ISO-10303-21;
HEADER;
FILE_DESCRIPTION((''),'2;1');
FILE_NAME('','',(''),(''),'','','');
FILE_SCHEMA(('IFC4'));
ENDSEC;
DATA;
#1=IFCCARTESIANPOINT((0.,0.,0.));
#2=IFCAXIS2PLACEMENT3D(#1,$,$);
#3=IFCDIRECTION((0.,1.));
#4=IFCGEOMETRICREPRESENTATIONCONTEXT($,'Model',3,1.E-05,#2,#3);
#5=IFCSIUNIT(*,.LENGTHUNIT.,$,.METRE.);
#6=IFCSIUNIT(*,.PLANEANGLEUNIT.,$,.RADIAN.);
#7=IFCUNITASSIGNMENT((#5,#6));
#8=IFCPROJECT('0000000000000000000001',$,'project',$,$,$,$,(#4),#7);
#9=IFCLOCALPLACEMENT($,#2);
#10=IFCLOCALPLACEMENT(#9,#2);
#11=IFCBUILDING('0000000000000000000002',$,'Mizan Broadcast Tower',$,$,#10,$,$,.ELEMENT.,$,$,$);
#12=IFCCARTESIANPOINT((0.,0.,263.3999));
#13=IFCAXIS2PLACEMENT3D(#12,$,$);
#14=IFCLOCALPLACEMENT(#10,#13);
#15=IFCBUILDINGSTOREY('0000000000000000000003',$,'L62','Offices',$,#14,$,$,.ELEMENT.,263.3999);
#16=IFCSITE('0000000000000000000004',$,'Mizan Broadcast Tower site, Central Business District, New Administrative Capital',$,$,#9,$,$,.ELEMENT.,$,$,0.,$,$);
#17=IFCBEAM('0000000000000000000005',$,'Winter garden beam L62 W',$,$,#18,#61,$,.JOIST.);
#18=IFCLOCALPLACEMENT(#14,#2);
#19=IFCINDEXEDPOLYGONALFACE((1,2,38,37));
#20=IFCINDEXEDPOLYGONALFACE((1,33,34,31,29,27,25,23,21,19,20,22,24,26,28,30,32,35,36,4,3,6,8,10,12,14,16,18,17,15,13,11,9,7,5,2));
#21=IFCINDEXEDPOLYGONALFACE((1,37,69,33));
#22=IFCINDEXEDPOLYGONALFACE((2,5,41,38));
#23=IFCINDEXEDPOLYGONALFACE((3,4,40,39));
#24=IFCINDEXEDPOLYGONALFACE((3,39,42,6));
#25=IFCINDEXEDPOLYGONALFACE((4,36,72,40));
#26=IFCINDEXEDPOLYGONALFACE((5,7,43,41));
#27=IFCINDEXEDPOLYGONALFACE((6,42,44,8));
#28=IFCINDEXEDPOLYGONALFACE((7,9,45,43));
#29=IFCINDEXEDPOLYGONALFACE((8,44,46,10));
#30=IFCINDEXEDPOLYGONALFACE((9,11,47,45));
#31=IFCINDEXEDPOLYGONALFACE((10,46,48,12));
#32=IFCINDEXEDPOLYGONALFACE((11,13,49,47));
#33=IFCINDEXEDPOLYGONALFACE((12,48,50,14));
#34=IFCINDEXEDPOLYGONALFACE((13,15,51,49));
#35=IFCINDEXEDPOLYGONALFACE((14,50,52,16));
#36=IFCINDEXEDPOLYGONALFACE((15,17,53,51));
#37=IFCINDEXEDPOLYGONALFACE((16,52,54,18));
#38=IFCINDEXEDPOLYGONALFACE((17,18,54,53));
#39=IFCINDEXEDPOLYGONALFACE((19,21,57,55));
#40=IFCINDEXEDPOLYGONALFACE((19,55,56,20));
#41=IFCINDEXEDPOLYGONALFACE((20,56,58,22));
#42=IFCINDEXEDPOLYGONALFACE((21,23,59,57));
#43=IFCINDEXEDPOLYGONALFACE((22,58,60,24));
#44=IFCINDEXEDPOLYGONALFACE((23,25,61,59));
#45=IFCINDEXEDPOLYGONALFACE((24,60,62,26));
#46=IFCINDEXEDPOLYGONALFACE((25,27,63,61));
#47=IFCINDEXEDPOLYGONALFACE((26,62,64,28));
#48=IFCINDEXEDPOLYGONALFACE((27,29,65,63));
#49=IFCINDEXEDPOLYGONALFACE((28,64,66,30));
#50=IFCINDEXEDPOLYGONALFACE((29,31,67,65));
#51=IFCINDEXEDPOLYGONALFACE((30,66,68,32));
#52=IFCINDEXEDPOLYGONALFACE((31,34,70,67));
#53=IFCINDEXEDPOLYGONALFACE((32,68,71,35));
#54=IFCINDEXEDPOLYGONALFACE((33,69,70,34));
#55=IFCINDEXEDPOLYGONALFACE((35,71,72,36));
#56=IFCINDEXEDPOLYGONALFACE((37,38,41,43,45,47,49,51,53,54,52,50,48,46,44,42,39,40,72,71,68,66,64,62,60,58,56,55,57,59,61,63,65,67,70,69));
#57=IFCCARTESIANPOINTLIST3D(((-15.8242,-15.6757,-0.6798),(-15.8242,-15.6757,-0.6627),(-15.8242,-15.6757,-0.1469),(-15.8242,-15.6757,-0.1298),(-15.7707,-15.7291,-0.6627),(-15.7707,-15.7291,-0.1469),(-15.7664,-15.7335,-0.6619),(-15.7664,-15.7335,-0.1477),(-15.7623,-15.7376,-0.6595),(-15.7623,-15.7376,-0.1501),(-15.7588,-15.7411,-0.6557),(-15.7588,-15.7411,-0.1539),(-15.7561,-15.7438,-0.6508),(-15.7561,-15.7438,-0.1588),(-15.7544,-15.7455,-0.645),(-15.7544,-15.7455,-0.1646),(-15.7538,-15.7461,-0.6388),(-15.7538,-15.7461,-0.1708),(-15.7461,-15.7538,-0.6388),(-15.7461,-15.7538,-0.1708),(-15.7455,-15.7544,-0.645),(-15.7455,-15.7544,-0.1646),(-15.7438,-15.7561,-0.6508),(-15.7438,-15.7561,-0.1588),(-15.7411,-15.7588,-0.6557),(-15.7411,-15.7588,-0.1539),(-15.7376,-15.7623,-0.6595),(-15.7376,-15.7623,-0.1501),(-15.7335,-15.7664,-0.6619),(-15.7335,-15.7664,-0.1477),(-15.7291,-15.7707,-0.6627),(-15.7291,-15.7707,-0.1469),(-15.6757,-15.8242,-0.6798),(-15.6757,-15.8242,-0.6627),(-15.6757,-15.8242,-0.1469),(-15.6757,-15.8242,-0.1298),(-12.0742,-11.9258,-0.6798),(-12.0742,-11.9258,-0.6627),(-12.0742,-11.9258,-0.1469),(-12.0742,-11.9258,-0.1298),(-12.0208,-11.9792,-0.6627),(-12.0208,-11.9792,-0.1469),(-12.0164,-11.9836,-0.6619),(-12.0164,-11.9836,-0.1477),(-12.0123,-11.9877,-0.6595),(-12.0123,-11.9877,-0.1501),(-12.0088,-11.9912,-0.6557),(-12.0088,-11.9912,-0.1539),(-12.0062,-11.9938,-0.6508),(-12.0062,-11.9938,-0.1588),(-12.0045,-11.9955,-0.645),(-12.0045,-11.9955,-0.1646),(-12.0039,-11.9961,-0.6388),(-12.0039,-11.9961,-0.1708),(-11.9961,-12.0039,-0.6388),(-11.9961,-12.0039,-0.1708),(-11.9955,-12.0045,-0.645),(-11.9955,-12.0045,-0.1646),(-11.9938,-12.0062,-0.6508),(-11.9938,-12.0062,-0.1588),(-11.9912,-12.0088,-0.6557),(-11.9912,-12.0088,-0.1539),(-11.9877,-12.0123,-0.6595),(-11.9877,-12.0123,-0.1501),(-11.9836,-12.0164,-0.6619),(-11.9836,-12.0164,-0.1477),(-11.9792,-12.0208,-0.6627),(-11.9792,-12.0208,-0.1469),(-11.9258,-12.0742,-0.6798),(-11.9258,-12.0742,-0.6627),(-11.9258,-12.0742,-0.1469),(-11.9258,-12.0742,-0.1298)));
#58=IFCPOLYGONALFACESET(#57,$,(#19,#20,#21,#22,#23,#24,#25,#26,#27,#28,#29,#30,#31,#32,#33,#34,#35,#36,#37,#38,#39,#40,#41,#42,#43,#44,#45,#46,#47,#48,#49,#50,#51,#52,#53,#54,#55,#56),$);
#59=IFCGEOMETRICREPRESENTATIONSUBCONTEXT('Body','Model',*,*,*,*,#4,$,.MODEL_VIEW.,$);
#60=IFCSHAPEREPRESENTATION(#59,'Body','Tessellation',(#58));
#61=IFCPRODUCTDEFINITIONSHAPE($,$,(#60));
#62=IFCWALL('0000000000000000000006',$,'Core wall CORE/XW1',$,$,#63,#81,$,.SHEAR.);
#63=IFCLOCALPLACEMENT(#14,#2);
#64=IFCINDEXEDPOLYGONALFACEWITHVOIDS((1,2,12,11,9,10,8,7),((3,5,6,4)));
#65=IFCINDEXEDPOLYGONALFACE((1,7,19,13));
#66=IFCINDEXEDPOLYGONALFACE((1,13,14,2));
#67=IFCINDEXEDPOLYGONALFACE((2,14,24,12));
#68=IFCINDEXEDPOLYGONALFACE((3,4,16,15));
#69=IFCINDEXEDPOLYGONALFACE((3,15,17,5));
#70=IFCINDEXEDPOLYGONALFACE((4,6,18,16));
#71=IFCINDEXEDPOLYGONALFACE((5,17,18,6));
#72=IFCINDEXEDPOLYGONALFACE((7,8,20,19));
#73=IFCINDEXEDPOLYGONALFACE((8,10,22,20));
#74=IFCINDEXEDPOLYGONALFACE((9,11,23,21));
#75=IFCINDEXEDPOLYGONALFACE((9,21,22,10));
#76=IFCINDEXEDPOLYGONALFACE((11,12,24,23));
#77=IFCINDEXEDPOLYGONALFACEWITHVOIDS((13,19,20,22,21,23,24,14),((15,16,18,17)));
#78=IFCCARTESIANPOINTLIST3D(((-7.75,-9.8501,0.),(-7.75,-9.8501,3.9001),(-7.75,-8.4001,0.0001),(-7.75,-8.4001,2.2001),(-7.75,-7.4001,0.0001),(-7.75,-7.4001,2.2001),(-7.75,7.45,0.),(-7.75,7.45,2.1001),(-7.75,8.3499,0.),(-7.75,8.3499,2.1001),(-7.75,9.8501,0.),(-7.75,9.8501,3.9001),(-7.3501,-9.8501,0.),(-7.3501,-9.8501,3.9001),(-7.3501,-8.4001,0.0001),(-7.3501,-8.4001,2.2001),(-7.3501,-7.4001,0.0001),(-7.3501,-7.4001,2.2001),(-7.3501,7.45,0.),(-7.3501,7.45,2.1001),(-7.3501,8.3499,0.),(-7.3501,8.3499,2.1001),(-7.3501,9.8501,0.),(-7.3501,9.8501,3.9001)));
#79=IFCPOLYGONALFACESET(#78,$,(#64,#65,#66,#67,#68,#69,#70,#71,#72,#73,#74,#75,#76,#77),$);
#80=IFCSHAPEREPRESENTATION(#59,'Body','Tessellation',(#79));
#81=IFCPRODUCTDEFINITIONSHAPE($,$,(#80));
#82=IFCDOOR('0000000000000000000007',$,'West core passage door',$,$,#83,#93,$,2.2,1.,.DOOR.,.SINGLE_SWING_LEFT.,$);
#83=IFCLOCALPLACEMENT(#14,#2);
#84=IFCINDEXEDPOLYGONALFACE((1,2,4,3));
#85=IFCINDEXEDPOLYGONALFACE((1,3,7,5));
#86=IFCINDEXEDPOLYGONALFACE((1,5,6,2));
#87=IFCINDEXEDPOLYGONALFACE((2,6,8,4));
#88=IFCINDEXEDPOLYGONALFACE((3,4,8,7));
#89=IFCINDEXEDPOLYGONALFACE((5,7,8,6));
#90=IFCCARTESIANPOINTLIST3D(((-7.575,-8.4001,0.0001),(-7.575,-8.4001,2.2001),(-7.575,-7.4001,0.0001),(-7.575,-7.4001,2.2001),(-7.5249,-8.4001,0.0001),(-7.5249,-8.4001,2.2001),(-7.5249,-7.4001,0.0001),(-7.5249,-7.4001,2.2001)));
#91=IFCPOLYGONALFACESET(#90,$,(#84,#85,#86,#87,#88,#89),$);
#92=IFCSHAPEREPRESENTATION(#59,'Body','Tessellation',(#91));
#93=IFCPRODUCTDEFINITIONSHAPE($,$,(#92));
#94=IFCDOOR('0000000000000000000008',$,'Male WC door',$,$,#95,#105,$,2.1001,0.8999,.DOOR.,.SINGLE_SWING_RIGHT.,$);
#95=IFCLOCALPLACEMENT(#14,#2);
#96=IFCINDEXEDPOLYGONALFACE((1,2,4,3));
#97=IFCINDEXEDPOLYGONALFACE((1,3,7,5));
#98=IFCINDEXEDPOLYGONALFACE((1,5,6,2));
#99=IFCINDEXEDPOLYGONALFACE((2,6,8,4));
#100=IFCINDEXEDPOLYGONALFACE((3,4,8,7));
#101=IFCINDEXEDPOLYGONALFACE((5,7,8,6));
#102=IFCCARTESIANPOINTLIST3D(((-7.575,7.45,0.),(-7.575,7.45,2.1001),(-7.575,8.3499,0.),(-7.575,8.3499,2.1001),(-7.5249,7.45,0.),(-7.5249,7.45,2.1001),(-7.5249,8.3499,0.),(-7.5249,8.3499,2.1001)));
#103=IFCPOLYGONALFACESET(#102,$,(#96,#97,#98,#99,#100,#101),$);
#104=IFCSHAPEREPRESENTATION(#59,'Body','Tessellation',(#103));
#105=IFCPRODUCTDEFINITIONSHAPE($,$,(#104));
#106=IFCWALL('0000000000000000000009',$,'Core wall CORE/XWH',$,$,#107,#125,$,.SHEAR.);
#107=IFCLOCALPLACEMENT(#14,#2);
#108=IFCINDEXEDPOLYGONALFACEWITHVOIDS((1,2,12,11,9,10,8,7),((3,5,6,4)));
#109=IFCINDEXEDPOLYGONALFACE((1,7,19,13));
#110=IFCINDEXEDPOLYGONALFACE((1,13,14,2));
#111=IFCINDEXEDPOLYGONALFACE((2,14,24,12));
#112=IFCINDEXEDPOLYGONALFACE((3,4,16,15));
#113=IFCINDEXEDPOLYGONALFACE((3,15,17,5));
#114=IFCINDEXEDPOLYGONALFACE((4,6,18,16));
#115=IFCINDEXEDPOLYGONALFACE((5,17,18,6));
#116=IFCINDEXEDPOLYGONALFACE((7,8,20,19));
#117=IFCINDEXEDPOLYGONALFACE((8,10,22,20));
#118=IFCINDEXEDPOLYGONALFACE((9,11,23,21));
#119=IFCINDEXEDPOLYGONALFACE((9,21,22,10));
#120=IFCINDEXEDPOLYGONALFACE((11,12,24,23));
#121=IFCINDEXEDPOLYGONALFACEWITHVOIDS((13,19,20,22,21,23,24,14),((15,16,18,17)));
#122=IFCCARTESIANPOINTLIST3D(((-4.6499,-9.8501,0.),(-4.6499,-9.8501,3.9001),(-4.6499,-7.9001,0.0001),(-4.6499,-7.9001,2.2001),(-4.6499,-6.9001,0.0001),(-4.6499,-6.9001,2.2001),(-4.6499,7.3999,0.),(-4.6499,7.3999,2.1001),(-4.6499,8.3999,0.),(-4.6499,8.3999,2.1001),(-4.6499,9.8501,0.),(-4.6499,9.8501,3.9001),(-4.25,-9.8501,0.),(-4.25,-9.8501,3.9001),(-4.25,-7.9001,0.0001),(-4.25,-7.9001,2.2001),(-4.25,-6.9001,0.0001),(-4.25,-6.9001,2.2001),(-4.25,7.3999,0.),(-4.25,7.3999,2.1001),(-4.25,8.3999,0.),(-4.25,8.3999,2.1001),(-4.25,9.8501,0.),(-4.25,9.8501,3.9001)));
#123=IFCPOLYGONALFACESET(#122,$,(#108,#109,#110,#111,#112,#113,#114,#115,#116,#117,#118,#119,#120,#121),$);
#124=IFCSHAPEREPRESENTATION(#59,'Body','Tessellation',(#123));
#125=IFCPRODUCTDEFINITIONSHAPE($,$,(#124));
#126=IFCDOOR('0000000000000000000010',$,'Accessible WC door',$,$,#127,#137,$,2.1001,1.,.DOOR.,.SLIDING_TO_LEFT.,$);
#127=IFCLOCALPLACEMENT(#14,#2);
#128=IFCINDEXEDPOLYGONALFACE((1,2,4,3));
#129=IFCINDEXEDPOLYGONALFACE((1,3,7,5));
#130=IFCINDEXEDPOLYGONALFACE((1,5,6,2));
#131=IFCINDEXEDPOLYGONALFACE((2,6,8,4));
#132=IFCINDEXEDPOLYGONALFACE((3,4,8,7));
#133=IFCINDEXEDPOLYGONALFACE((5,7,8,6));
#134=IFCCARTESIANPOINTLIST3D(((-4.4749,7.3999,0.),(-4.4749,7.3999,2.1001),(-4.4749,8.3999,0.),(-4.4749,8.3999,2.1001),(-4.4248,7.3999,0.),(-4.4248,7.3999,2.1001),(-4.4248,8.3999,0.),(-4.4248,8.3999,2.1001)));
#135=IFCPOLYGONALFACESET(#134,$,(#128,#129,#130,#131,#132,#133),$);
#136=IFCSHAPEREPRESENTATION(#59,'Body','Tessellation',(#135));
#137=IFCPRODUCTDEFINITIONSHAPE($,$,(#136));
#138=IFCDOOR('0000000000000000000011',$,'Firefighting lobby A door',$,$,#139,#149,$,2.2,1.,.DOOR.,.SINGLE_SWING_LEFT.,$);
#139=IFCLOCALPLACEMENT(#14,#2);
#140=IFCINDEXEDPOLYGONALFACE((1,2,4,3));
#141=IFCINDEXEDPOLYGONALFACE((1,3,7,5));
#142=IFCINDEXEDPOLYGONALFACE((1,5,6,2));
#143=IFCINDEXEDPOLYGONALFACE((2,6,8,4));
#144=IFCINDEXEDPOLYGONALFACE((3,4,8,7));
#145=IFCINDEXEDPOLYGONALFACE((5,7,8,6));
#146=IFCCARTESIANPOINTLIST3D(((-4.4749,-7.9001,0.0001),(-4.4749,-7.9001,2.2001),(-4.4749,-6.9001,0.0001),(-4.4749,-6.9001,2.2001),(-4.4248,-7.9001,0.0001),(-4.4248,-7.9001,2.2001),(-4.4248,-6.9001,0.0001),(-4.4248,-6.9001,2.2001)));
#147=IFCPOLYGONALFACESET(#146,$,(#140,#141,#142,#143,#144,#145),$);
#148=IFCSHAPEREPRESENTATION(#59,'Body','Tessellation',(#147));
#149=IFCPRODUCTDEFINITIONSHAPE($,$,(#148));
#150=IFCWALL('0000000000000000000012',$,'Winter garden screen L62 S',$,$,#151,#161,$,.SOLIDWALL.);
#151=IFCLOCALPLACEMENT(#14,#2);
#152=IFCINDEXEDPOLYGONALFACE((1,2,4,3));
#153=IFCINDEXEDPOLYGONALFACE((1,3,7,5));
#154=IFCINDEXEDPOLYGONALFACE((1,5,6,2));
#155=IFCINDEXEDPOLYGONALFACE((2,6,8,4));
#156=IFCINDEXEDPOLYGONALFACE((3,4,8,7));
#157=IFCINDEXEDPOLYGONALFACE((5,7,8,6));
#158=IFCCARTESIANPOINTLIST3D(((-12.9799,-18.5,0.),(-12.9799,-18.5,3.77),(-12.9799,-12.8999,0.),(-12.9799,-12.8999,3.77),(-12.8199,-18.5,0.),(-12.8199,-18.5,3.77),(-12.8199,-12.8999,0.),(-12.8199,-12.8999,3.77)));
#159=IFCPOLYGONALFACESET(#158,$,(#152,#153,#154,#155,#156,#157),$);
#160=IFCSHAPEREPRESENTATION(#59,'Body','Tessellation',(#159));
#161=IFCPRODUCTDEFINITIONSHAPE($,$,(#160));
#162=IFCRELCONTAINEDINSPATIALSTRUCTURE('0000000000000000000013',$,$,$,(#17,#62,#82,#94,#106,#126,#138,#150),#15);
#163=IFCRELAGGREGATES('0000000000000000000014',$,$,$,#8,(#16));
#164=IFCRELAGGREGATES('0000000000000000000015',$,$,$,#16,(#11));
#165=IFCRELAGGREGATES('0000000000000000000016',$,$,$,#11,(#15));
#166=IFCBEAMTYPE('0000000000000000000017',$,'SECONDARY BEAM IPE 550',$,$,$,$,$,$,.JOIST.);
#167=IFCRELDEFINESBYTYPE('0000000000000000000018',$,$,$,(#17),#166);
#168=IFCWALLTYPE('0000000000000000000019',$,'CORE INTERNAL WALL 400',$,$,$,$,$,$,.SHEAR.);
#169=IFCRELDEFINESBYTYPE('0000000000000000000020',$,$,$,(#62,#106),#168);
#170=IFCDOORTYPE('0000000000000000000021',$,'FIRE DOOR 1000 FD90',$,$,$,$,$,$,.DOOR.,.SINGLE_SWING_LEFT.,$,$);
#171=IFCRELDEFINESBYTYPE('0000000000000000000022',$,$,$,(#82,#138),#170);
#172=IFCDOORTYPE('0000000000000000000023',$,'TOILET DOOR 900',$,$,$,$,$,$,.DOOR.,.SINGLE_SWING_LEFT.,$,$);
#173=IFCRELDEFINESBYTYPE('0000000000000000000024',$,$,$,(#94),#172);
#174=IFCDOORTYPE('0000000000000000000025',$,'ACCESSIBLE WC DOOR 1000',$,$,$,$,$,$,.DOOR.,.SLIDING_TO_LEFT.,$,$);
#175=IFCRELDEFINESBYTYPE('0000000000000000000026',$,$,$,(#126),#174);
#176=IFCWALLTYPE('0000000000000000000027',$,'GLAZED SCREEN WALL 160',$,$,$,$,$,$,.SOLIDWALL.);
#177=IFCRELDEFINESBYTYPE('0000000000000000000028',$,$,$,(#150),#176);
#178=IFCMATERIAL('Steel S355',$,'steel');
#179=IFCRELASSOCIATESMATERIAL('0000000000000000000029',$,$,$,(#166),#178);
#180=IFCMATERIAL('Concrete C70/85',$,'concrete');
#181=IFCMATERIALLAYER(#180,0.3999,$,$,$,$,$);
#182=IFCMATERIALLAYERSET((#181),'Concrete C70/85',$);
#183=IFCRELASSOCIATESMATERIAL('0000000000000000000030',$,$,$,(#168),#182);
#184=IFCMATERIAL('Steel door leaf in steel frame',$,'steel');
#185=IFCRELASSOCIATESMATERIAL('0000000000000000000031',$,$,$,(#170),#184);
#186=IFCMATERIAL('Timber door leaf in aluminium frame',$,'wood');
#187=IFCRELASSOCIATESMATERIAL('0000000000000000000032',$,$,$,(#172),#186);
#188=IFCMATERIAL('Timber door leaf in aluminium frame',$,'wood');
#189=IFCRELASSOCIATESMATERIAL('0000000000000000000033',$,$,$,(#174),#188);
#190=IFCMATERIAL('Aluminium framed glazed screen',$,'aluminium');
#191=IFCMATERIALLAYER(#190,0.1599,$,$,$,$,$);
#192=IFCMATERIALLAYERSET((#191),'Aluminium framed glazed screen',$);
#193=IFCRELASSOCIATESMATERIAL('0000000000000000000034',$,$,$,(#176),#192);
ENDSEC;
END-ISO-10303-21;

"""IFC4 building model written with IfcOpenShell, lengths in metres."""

from ifc_helpers import new_model, si_unit, direction, frame, frame_2d, origin, origin_2d, place, context, subcontext, project, spatial, rectangle, i_section, extrude, material, layer, layer_set, material_profile, profile_set, type_object, element, fill, save


model = new_model("IFC4")

# Units and contexts
model_context = context("Model", 3, precision=1e-05, world=origin(), true_north=direction((0.0, 1.0)))
body_context = subcontext(model_context, "Body", "Model", "MODEL_VIEW")
ifc_project = project(units=[si_unit("LENGTHUNIT", "METRE"), si_unit("PLANEANGLEUNIT", "RADIAN")], contexts=[model_context])

# Site, building, storey
site_placement = place(None, origin())
site = spatial("IfcSite", under=ifc_project, at=site_placement, Name="Mizan Broadcast Tower site, Central Business District, New Administrative Capital", CompositionType="ELEMENT", RefElevation=0.0)
building_placement = place(site_placement, origin())
building = spatial("IfcBuilding", under=site, at=building_placement, Name="Mizan Broadcast Tower", CompositionType="ELEMENT")
storey_placement = place(building_placement, frame((0.0, 0.0, 263.3999)))
storey = spatial("IfcBuildingStorey", under=building, at=storey_placement, Name="L62", Description="Offices", CompositionType="ELEMENT", Elevation=263.3999)

# Beam
ifc_material_1 = material(Name="Steel S355", Category="steel")
ifc_material_profile_1 = material_profile(ifc_material_1, i_section(OverallWidth=0.21, OverallDepth=0.55, WebThickness=0.011, FlangeThickness=0.0171, FilletRadius=0.0239, at=origin_2d()), Name="IPE 550")
ifc_profile_set_1 = profile_set([ifc_material_profile_1], Name="Steel S355")
beam_type_1 = type_object("IfcBeamType", Name="SECONDARY BEAM IPE 550", PredefinedType="JOIST", material=ifc_profile_set_1)
beam_1_placement = place(storey_placement, frame((-12.0, -12.0, -0.4048), z_axis=(-0.707107, -0.707107, 0.0), x_axis=(0.707107, -0.707107, 0.0)))
element("IfcBeam", 1, at=beam_1_placement, inside=storey, type_object=beam_type_1, Name="Winter garden beam L62 W", PredefinedType="JOIST", context=body_context, shape_type="SweptSolid", body=[
    extrude(i_section(OverallWidth=0.21, OverallDepth=0.55, WebThickness=0.011, FlangeThickness=0.0171, FilletRadius=0.0239, at=origin_2d()), origin(), (0.0, 0.0, 1.0), 5.3032),
])

# Walls, openings, doors
ifc_material_2 = material(Name="Concrete C70/85", Category="concrete")
ifc_layer_1 = layer(ifc_material_2, 0.3999)
ifc_layer_set_1 = layer_set([ifc_layer_1], Name="Concrete C70/85")
wall_type_1 = type_object("IfcWallType", Name="CORE INTERNAL WALL 400", PredefinedType="SHEAR", material=ifc_layer_set_1)
wall_1_placement = place(storey_placement, frame((-7.55, -9.8501, 0.0), z_axis=(0.0, 0.0, 1.0), x_axis=(0.0, 1.0, 0.0)))
wall_1 = element("IfcWall", 2, at=wall_1_placement, inside=storey, type_object=wall_type_1, Name="Core wall CORE/XW1", PredefinedType="SHEAR", context=body_context, shape_type="SweptSolid", body=[
    extrude(rectangle(XDim=19.7002, YDim=0.3999, at=frame_2d((9.8501, 0.0))), origin(), (0.0, 0.0, 1.0), 3.9001),
])
opening_1_placement = place(wall_1_placement, frame((1.45, 0.0, 0.0)))
opening_1 = element("IfcOpeningElement", 3, at=opening_1_placement, cuts=wall_1, PredefinedType="OPENING", context=body_context, shape_type="SweptSolid", body=[
    extrude(rectangle(XDim=1.0, YDim=2.2, at=frame_2d((0.5, 1.1001))), frame((0.0, 0.21, 0.0), z_axis=(0.0, -1.0, 0.0), x_axis=(1.0, 0.0, 0.0)), (0.0, 0.0, 1.0), 0.4199),
])
opening_2_placement = place(wall_1_placement, frame((17.3, 0.0, 0.0)))
opening_2 = element("IfcOpeningElement", 4, at=opening_2_placement, cuts=wall_1, PredefinedType="OPENING", context=body_context, shape_type="SweptSolid", body=[
    extrude(rectangle(XDim=0.8999, YDim=2.1001, at=frame_2d((0.45, 1.05))), frame((0.0, 0.21, 0.0), z_axis=(0.0, -1.0, 0.0), x_axis=(1.0, 0.0, 0.0)), (0.0, 0.0, 1.0), 0.4199),
])
ifc_material_3 = material(Name="Steel door leaf in steel frame", Category="steel")
door_type_1 = type_object("IfcDoorType", Name="FIRE DOOR 1000 FD90", OperationType="SINGLE_SWING_LEFT", PredefinedType="DOOR", material=ifc_material_3)
door_1_placement = place(opening_1_placement, origin())
door_1 = element("IfcDoor", 5, at=door_1_placement, inside=storey, type_object=door_type_1, Name="West core passage door", OperationType="SINGLE_SWING_LEFT", OverallHeight=2.2, OverallWidth=1.0, PredefinedType="DOOR", context=body_context, shape_type="SweptSolid", body=[
    extrude(rectangle(XDim=1.0, YDim=2.2, at=frame_2d((0.5, 1.1001))), frame((0.0, 0.0249, 0.0), z_axis=(0.0, -1.0, 0.0), x_axis=(1.0, 0.0, 0.0)), (0.0, 0.0, 1.0), 0.05),
])
fill(opening_1, door_1)
ifc_material_4 = material(Name="Timber door leaf in aluminium frame", Category="wood")
door_type_2 = type_object("IfcDoorType", Name="TOILET DOOR 900", OperationType="SINGLE_SWING_LEFT", PredefinedType="DOOR", material=ifc_material_4)
door_2_placement = place(opening_2_placement, origin())
door_2 = element("IfcDoor", 6, at=door_2_placement, inside=storey, type_object=door_type_2, Name="Male WC door", OperationType="SINGLE_SWING_RIGHT", OverallHeight=2.1001, OverallWidth=0.8999, PredefinedType="DOOR", context=body_context, shape_type="SweptSolid", body=[
    extrude(rectangle(XDim=0.8999, YDim=2.1001, at=frame_2d((0.45, 1.05))), frame((0.0, 0.0249, 0.0), z_axis=(0.0, -1.0, 0.0), x_axis=(1.0, 0.0, 0.0)), (0.0, 0.0, 1.0), 0.05),
])
fill(opening_2, door_2)
wall_2_placement = place(storey_placement, frame((-4.45, -9.8501, 0.0), z_axis=(0.0, 0.0, 1.0), x_axis=(0.0, 1.0, 0.0)))
wall_2 = element("IfcWall", 7, at=wall_2_placement, inside=storey, type_object=wall_type_1, Name="Core wall CORE/XWH", PredefinedType="SHEAR", context=body_context, shape_type="SweptSolid", body=[
    extrude(rectangle(XDim=19.7002, YDim=0.3999, at=frame_2d((9.8501, 0.0))), origin(), (0.0, 0.0, 1.0), 3.9001),
])
opening_3_placement = place(wall_2_placement, frame((1.95, 0.0, 0.0)))
opening_3 = element("IfcOpeningElement", 8, at=opening_3_placement, cuts=wall_2, PredefinedType="OPENING", context=body_context, shape_type="SweptSolid", body=[
    extrude(rectangle(XDim=1.0, YDim=2.2, at=frame_2d((0.5, 1.1001))), frame((0.0, 0.21, 0.0), z_axis=(0.0, -1.0, 0.0), x_axis=(1.0, 0.0, 0.0)), (0.0, 0.0, 1.0), 0.4199),
])
opening_4_placement = place(wall_2_placement, frame((17.25, 0.0, 0.0)))
opening_4 = element("IfcOpeningElement", 9, at=opening_4_placement, cuts=wall_2, PredefinedType="OPENING", context=body_context, shape_type="SweptSolid", body=[
    extrude(rectangle(XDim=1.0, YDim=2.1001, at=frame_2d((0.5, 1.05))), frame((0.0, 0.21, 0.0), z_axis=(0.0, -1.0, 0.0), x_axis=(1.0, 0.0, 0.0)), (0.0, 0.0, 1.0), 0.4199),
])
ifc_material_5 = material(Name="Timber door leaf in aluminium frame", Category="wood")
door_type_3 = type_object("IfcDoorType", Name="ACCESSIBLE WC DOOR 1000", OperationType="SLIDING_TO_LEFT", PredefinedType="DOOR", material=ifc_material_5)
door_3_placement = place(opening_4_placement, origin())
door_3 = element("IfcDoor", 10, at=door_3_placement, inside=storey, type_object=door_type_3, Name="Accessible WC door", OperationType="SLIDING_TO_LEFT", OverallHeight=2.1001, OverallWidth=1.0, PredefinedType="DOOR", context=body_context, shape_type="SweptSolid", body=[
    extrude(rectangle(XDim=1.0, YDim=2.1001, at=frame_2d((0.5, 1.05))), frame((0.0, 0.0249, 0.0), z_axis=(0.0, -1.0, 0.0), x_axis=(1.0, 0.0, 0.0)), (0.0, 0.0, 1.0), 0.05),
])
fill(opening_4, door_3)
door_4_placement = place(opening_3_placement, origin())
door_4 = element("IfcDoor", 11, at=door_4_placement, inside=storey, type_object=door_type_1, Name="Firefighting lobby A door", OperationType="SINGLE_SWING_LEFT", OverallHeight=2.2, OverallWidth=1.0, PredefinedType="DOOR", context=body_context, shape_type="SweptSolid", body=[
    extrude(rectangle(XDim=1.0, YDim=2.2, at=frame_2d((0.5, 1.1001))), frame((0.0, 0.0249, 0.0), z_axis=(0.0, -1.0, 0.0), x_axis=(1.0, 0.0, 0.0)), (0.0, 0.0, 1.0), 0.05),
])
fill(opening_3, door_4)

# Wall
ifc_material_6 = material(Name="Aluminium framed glazed screen", Category="aluminium")
ifc_layer_2 = layer(ifc_material_6, 0.1599)
ifc_layer_set_2 = layer_set([ifc_layer_2], Name="Aluminium framed glazed screen")
wall_type_2 = type_object("IfcWallType", Name="GLAZED SCREEN WALL 160", PredefinedType="SOLIDWALL", material=ifc_layer_set_2)
wall_3_placement = place(storey_placement, frame((-12.8999, -12.8999, 0.0), z_axis=(0.0, 0.0, 1.0), x_axis=(0.0, -1.0, 0.0)))
element("IfcWall", 12, at=wall_3_placement, inside=storey, type_object=wall_type_2, Name="Winter garden screen L62 S", PredefinedType="SOLIDWALL", context=body_context, shape_type="SweptSolid", body=[
    extrude(rectangle(XDim=5.6001, YDim=0.1599, at=frame_2d((2.8, 0.0))), origin(), (0.0, 0.0, 1.0), 3.77),
])

save(model, "model.ifc")
